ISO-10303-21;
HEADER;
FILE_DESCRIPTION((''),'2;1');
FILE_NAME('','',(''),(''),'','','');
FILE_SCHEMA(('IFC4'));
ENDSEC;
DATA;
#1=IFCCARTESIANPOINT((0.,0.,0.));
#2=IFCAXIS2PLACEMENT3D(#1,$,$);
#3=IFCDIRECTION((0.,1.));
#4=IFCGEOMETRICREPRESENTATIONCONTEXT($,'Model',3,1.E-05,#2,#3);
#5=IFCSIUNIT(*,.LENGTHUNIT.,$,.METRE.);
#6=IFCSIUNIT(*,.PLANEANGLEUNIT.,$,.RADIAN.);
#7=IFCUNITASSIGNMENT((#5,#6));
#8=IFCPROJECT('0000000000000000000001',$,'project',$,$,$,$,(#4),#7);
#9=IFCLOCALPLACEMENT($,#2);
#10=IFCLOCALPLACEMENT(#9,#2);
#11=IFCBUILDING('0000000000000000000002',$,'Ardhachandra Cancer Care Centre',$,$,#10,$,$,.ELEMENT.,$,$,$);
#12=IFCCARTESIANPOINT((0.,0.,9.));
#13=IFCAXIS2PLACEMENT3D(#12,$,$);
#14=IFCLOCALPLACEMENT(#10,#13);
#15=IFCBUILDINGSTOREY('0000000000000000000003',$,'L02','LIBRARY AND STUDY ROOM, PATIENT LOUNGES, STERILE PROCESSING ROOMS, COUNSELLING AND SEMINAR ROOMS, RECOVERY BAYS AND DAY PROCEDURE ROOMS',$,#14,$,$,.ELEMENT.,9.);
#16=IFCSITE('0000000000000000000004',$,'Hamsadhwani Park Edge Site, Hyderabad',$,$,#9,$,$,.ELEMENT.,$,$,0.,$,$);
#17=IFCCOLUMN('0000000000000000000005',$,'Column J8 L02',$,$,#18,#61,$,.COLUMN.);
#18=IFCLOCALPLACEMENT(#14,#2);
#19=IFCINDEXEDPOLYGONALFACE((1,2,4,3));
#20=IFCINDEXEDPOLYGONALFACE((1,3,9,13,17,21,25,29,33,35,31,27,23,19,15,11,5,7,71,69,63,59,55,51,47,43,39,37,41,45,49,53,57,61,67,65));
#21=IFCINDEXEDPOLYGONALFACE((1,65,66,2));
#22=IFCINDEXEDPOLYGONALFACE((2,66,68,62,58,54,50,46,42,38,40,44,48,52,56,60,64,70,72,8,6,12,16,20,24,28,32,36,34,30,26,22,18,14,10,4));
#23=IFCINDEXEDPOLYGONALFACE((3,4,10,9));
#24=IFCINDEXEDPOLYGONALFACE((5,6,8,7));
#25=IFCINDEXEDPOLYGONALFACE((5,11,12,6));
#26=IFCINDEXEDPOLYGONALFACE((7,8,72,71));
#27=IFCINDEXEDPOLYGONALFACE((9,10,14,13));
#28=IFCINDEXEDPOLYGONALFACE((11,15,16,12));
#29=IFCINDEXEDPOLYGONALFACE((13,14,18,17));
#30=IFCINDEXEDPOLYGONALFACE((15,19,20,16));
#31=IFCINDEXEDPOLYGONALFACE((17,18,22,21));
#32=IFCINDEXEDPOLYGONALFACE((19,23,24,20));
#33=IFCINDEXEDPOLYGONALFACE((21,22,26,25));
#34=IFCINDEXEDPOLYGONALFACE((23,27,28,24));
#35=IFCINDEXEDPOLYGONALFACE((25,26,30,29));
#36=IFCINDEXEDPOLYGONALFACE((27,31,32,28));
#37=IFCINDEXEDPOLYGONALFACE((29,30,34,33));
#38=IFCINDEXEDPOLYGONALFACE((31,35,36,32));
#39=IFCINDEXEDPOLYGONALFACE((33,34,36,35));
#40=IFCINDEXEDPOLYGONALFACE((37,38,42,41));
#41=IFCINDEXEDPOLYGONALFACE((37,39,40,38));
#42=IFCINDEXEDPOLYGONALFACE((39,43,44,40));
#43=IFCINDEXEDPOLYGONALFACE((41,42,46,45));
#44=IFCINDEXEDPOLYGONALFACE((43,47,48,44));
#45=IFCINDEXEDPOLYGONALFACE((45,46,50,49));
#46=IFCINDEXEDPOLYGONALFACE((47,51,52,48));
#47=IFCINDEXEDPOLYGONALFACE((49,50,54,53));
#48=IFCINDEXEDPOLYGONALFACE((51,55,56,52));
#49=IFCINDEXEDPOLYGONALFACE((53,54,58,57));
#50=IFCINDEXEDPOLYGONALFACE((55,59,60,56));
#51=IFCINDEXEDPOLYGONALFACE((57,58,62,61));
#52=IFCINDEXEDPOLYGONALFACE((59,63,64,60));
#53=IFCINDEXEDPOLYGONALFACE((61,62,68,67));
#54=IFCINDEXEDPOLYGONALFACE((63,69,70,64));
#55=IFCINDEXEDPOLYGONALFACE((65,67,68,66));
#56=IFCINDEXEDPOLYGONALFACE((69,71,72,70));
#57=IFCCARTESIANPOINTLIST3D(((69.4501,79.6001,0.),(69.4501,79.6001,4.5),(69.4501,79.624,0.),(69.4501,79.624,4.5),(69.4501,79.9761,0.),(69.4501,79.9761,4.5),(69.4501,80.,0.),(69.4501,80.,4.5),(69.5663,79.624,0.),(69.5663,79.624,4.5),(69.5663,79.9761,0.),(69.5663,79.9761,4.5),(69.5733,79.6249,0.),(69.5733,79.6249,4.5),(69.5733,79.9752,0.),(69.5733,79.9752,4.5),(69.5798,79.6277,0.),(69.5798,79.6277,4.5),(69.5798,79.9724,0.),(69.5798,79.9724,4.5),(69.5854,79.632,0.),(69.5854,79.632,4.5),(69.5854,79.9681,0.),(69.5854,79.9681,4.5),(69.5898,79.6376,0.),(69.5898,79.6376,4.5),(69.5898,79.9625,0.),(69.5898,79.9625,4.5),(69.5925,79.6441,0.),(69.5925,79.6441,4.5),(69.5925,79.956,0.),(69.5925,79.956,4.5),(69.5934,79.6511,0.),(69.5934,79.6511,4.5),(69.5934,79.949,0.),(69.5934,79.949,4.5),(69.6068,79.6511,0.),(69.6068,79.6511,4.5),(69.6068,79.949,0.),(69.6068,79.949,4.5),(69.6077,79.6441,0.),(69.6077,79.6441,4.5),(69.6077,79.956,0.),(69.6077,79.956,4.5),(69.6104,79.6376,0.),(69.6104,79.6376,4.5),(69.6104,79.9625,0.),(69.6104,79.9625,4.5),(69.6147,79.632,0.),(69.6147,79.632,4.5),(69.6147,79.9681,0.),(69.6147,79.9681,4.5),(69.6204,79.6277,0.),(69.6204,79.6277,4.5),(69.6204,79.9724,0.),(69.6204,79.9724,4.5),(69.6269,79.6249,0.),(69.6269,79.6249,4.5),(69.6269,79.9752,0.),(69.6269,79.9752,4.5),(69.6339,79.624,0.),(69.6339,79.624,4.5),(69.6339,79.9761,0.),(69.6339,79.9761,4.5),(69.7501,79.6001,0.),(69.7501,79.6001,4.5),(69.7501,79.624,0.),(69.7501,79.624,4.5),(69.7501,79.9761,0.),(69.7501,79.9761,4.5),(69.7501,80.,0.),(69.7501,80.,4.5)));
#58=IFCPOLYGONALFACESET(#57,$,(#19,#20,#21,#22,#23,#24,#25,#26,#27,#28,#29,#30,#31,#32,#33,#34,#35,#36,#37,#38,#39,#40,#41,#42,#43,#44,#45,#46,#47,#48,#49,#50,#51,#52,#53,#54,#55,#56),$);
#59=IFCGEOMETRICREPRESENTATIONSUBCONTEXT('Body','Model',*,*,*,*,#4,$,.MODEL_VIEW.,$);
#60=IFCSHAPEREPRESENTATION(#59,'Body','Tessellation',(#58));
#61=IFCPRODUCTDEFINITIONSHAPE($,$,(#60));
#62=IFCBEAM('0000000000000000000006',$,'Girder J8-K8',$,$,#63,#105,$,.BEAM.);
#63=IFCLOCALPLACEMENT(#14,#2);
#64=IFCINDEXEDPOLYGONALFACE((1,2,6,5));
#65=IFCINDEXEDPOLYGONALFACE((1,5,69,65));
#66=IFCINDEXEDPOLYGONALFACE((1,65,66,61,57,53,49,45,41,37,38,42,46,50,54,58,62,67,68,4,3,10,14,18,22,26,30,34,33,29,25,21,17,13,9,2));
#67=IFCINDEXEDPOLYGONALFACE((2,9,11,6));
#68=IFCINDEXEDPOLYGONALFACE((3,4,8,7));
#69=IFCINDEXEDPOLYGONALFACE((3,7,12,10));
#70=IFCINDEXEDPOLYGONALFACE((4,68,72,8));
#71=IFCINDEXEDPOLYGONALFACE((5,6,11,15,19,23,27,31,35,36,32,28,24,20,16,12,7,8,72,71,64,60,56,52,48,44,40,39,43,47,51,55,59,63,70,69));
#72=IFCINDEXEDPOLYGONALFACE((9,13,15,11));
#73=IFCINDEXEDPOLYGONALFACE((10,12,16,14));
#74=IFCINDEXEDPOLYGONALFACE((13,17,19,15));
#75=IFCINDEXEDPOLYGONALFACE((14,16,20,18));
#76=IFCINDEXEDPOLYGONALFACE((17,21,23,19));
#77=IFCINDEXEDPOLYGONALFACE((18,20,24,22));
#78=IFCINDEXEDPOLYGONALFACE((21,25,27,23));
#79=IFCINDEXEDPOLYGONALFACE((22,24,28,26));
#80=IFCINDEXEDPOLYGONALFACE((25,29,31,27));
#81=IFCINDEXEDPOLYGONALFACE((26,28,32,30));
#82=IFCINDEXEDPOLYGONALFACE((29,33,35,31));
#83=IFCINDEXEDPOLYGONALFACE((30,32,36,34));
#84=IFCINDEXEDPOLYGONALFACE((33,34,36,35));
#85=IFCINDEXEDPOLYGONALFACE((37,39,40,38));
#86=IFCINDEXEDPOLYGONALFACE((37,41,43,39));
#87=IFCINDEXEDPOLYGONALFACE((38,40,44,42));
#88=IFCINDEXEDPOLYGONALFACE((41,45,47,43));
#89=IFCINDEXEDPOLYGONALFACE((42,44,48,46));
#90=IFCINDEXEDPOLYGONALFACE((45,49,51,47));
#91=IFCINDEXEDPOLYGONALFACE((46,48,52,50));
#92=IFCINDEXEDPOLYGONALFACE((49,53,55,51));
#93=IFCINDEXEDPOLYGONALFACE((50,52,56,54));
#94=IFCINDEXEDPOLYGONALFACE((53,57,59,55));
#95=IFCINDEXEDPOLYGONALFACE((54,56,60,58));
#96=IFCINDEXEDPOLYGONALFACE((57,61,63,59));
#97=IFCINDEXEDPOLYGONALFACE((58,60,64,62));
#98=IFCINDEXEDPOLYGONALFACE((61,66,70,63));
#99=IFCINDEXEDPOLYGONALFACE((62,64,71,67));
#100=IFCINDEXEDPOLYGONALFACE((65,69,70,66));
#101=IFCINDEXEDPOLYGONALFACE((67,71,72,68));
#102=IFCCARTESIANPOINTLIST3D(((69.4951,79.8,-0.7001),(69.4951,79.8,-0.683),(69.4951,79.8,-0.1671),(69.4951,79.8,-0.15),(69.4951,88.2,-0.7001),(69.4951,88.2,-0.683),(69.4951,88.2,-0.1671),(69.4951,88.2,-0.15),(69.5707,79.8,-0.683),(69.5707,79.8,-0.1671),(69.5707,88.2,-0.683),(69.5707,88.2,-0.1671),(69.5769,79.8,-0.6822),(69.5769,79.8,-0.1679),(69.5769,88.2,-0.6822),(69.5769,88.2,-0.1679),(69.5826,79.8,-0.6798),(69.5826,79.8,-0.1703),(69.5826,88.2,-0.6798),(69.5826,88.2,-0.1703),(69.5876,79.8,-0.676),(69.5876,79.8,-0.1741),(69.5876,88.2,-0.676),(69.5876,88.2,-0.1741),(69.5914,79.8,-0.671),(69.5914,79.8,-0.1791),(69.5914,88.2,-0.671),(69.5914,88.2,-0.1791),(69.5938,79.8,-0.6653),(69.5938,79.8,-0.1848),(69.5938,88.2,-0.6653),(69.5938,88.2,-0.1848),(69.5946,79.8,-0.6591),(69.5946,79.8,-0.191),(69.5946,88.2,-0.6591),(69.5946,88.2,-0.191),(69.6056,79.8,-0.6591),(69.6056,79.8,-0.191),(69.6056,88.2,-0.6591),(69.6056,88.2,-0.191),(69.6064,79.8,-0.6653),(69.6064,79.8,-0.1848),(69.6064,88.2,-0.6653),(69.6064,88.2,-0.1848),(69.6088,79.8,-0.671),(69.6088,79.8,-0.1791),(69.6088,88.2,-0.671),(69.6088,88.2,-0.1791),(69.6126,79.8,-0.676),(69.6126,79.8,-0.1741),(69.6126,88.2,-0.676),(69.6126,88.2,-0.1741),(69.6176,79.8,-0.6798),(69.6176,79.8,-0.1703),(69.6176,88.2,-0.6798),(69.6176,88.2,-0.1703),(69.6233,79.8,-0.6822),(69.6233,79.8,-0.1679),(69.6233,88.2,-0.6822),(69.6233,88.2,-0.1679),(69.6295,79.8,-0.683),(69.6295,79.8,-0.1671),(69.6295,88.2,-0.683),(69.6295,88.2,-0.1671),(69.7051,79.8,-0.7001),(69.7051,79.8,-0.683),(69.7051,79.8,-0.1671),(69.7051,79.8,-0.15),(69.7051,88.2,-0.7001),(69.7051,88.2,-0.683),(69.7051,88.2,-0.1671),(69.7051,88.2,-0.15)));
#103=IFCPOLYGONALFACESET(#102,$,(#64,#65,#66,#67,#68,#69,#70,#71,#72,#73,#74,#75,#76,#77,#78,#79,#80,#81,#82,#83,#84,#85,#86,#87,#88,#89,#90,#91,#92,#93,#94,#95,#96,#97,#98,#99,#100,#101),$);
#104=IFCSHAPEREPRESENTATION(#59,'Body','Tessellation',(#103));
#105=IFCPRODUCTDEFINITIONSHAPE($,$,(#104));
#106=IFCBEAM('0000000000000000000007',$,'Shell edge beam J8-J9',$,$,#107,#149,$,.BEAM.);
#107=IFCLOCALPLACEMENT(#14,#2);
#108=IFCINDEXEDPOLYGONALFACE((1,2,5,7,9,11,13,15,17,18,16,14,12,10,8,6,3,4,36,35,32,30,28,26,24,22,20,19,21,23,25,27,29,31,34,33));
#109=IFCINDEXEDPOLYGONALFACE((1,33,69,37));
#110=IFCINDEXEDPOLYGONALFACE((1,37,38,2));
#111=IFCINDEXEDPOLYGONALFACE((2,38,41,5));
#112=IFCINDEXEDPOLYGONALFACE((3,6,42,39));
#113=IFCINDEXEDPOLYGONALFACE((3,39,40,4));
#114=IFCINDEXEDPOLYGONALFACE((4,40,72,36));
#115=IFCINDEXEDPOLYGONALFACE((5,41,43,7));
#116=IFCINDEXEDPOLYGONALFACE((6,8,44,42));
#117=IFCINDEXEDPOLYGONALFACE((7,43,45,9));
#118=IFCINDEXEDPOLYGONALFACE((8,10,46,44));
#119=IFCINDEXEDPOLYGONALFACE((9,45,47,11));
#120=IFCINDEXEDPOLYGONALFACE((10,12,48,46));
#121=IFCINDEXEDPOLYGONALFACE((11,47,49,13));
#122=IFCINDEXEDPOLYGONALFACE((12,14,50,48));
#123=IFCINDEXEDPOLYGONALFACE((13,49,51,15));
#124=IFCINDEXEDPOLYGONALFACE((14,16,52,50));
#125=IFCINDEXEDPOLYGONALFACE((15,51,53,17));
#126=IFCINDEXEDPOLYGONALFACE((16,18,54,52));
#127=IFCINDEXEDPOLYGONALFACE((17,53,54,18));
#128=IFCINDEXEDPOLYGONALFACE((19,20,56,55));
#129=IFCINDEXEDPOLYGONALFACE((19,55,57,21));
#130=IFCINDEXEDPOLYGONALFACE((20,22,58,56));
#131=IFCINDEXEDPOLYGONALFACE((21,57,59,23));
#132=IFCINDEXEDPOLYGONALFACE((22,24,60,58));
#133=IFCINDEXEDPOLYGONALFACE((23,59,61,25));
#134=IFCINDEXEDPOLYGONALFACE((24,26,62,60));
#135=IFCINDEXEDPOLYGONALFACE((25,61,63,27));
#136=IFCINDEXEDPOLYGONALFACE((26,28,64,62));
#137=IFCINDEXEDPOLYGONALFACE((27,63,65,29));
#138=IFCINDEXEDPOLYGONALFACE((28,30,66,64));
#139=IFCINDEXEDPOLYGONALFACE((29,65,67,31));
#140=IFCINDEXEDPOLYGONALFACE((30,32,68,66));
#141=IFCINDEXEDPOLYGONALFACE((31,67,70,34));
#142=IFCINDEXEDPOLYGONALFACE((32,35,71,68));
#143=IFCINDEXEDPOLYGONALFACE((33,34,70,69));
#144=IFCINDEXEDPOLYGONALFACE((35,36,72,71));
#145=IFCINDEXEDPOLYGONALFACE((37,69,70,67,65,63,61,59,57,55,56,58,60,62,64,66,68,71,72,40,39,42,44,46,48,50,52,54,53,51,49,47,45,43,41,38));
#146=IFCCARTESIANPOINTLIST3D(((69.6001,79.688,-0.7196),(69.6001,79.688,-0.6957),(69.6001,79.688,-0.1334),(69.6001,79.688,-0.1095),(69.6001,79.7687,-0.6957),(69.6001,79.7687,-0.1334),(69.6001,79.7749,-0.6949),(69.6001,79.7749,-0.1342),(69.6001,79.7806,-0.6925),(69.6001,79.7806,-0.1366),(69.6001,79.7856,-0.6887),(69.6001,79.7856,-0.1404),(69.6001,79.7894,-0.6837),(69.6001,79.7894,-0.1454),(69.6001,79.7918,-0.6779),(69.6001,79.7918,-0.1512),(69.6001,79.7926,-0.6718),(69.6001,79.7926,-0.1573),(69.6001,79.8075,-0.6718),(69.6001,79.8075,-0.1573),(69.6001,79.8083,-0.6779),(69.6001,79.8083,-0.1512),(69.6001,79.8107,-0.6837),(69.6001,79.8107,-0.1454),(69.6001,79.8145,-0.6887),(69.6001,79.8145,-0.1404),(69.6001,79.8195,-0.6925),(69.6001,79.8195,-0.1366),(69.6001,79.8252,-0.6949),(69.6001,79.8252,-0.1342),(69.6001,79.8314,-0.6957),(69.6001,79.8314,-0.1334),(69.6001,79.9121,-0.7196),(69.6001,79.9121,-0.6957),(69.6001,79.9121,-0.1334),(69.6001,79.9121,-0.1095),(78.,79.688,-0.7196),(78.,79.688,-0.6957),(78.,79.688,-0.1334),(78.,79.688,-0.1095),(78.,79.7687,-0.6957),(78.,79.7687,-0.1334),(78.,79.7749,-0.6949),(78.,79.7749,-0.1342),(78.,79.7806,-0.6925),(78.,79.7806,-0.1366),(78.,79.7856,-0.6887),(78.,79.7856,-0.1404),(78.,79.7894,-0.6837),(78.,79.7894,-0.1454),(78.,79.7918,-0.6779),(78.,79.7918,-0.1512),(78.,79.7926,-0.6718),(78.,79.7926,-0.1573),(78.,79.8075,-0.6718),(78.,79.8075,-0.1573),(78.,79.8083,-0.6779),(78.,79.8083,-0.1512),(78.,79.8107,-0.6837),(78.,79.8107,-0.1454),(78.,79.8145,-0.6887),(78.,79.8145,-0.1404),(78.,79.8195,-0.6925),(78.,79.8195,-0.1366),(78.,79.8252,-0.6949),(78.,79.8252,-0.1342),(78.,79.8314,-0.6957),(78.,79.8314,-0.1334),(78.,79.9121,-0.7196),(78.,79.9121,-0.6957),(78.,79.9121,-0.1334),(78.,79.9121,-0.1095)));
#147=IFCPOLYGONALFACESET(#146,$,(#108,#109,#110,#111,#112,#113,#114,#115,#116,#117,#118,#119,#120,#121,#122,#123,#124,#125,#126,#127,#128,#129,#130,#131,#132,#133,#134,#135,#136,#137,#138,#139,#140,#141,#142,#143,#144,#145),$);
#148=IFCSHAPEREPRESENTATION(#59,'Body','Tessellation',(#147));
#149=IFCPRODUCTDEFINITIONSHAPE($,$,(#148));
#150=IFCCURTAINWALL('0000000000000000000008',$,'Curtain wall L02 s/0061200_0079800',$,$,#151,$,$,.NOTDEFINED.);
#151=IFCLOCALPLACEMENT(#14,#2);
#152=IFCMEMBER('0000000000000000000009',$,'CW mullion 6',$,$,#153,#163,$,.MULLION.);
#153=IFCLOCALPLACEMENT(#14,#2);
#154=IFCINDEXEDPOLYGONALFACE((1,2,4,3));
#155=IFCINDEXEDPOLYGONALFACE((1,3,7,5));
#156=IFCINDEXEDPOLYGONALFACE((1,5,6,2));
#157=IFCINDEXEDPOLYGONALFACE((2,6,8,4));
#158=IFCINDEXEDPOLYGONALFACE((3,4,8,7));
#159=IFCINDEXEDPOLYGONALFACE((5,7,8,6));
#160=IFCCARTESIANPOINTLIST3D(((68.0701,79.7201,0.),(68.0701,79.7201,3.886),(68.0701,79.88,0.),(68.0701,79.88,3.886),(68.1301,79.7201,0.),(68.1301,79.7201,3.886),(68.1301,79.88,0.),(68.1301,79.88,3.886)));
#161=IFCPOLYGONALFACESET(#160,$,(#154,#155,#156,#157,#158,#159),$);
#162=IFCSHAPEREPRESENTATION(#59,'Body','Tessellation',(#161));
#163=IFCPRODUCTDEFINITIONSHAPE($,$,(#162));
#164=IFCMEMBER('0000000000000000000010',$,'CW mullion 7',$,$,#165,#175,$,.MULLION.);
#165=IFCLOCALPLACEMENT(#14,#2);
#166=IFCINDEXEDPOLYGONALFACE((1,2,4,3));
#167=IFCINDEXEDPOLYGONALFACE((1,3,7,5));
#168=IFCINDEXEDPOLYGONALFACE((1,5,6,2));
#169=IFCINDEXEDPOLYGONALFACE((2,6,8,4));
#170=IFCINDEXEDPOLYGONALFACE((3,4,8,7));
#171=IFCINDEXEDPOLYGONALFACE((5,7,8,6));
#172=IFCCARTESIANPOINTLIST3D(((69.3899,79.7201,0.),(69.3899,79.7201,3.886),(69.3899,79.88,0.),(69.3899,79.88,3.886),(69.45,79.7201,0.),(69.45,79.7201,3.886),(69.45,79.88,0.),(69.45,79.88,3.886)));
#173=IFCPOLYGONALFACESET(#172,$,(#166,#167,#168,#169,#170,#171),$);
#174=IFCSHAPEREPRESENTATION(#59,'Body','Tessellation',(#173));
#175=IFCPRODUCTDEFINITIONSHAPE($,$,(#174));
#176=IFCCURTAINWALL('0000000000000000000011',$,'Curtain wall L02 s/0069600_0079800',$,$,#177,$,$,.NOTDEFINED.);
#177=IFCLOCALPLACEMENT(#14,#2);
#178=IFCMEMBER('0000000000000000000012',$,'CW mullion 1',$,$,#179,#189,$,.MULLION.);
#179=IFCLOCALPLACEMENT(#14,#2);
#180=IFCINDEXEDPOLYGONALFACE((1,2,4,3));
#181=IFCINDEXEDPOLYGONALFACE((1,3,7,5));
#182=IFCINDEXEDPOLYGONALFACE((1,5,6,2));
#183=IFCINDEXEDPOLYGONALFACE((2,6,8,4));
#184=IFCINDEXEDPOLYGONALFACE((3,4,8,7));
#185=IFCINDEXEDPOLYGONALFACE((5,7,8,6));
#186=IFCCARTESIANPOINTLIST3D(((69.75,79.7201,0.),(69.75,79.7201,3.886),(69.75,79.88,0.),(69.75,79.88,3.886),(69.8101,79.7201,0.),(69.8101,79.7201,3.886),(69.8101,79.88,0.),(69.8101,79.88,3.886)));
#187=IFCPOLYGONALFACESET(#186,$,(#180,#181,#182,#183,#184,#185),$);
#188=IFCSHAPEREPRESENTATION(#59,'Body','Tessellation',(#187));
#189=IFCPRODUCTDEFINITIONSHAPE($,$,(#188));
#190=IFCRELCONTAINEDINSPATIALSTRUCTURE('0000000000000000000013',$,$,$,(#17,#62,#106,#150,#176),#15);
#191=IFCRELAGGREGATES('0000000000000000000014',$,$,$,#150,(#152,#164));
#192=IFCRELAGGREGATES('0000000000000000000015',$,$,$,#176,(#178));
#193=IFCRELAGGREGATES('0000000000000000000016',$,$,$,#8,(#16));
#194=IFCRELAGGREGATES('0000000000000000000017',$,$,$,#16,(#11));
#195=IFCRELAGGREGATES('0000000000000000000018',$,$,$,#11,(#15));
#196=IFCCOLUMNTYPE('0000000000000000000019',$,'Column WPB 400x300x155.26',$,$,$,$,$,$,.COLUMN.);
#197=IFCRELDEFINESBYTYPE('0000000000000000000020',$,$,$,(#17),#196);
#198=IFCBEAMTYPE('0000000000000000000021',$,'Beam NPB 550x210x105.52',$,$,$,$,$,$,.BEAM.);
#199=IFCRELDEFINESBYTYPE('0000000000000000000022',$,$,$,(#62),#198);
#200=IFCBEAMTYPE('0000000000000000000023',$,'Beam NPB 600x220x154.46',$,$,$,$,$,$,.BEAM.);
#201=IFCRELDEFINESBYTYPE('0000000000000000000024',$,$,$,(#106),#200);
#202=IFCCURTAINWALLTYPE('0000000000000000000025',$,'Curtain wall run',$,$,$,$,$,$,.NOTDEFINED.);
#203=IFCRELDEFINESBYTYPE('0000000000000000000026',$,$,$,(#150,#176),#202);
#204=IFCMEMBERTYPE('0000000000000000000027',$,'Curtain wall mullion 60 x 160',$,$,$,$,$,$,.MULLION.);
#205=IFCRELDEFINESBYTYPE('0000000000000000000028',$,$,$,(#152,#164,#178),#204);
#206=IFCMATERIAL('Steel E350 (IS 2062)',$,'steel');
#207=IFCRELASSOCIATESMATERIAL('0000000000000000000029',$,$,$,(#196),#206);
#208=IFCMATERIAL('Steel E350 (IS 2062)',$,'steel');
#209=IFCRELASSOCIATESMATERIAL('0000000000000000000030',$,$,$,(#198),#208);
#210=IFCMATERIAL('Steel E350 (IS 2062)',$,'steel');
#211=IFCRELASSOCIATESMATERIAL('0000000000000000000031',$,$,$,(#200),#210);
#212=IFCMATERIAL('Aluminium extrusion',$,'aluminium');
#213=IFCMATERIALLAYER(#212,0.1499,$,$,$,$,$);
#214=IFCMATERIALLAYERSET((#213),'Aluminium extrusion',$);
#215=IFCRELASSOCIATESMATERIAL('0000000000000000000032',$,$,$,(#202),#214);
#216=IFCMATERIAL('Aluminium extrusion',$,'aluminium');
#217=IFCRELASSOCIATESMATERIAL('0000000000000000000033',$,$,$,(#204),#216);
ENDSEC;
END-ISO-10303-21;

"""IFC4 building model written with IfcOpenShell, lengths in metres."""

from ifc_helpers import new_model, si_unit, direction, frame, origin, origin_2d, place, context, subcontext, project, spatial, rectangle, i_section, extrude, material, layer, layer_set, material_profile, profile_set, type_object, element, aggregate, save


model = new_model("IFC4")

# Units and contexts
model_context = context("Model", 3, precision=1e-05, world=origin(), true_north=direction((0.0, 1.0)))
body_context = subcontext(model_context, "Body", "Model", "MODEL_VIEW")
ifc_project = project(units=[si_unit("LENGTHUNIT", "METRE"), si_unit("PLANEANGLEUNIT", "RADIAN")], contexts=[model_context])

# Site, building, storey
site_placement = place(None, origin())
site = spatial("IfcSite", under=ifc_project, at=site_placement, Name="Hamsadhwani Park Edge Site, Hyderabad", CompositionType="ELEMENT", RefElevation=0.0)
building_placement = place(site_placement, origin())
building = spatial("IfcBuilding", under=site, at=building_placement, Name="Ardhachandra Cancer Care Centre", CompositionType="ELEMENT")
storey_placement = place(building_placement, frame((0.0, 0.0, 9.0)))
storey = spatial("IfcBuildingStorey", under=building, at=storey_placement, Name="L02", Description="LIBRARY AND STUDY ROOM, PATIENT LOUNGES, STERILE PROCESSING ROOMS, COUNSELLING AND SEMINAR ROOMS, RECOVERY BAYS AND DAY PROCEDURE ROOMS", CompositionType="ELEMENT", Elevation=9.0)

# Column
ifc_material_1 = material(Name="Steel E350 (IS 2062)", Category="steel")
ifc_material_profile_1 = material_profile(ifc_material_1, i_section(OverallWidth=0.3, OverallDepth=0.3999, WebThickness=0.0134, FlangeThickness=0.0239, FilletRadius=0.0271, at=origin_2d()), Name="WPB 400x300x155.26")
ifc_profile_set_1 = profile_set([ifc_material_profile_1], Name="Steel E350 (IS 2062)")
column_type = type_object("IfcColumnType", Name="Column WPB 400x300x155.26", PredefinedType="COLUMN", material=ifc_profile_set_1)
column_placement = place(storey_placement, frame((69.6001, 79.8, 0.0), z_axis=(0.0, 0.0, 1.0), x_axis=(1.0, 0.0, 0.0)))
element("IfcColumn", 1, at=column_placement, inside=storey, type_object=column_type, Name="Column J8 L02", PredefinedType="COLUMN", context=body_context, shape_type="SweptSolid", body=[
    extrude(i_section(OverallWidth=0.3, OverallDepth=0.3999, WebThickness=0.0134, FlangeThickness=0.0239, FilletRadius=0.0271, at=origin_2d()), origin(), (0.0, 0.0, 1.0), 4.5),
])

# Beams
ifc_material_2 = material(Name="Steel E350 (IS 2062)", Category="steel")
ifc_material_profile_2 = material_profile(ifc_material_2, i_section(OverallWidth=0.21, OverallDepth=0.55, WebThickness=0.011, FlangeThickness=0.0171, FilletRadius=0.0239, at=origin_2d()), Name="NPB 550x210x105.52")
ifc_profile_set_2 = profile_set([ifc_material_profile_2], Name="Steel E350 (IS 2062)")
beam_type_1 = type_object("IfcBeamType", Name="Beam NPB 550x210x105.52", PredefinedType="BEAM", material=ifc_profile_set_2)
beam_1_placement = place(storey_placement, frame((69.6001, 79.8, -0.425), z_axis=(0.0, 1.0, 0.0), x_axis=(-1.0, 0.0, 0.0)))
element("IfcBeam", 2, at=beam_1_placement, inside=storey, type_object=beam_type_1, Name="Girder J8-K8", PredefinedType="BEAM", context=body_context, shape_type="SweptSolid", body=[
    extrude(i_section(OverallWidth=0.21, OverallDepth=0.55, WebThickness=0.011, FlangeThickness=0.0171, FilletRadius=0.0239, at=origin_2d()), origin(), (0.0, 0.0, 1.0), 8.3999),
])
ifc_material_3 = material(Name="Steel E350 (IS 2062)", Category="steel")
ifc_material_profile_3 = material_profile(ifc_material_3, i_section(OverallWidth=0.2241, OverallDepth=0.6101, WebThickness=0.0149, FlangeThickness=0.0239, FilletRadius=0.0239, at=origin_2d()), Name="NPB 600x220x154.46")
ifc_profile_set_3 = profile_set([ifc_material_profile_3], Name="Steel E350 (IS 2062)")
beam_type_2 = type_object("IfcBeamType", Name="Beam NPB 600x220x154.46", PredefinedType="BEAM", material=ifc_profile_set_3)
beam_2_placement = place(storey_placement, frame((69.6001, 79.8, -0.4146), z_axis=(1.0, 0.0, 0.0), x_axis=(0.0, 1.0, 0.0)))
element("IfcBeam", 3, at=beam_2_placement, inside=storey, type_object=beam_type_2, Name="Shell edge beam J8-J9", PredefinedType="BEAM", context=body_context, shape_type="SweptSolid", body=[
    extrude(i_section(OverallWidth=0.2241, OverallDepth=0.6101, WebThickness=0.0149, FlangeThickness=0.0239, FilletRadius=0.0239, at=origin_2d()), origin(), (0.0, 0.0, 1.0), 8.3999),
])

# Curtain wall, members
ifc_material_4 = material(Name="Aluminium extrusion", Category="aluminium")
ifc_layer_1 = layer(ifc_material_4, 0.1499)
ifc_layer_set_1 = layer_set([ifc_layer_1], Name="Aluminium extrusion")
curtain_wall_type = type_object("IfcCurtainWallType", Name="Curtain wall run", PredefinedType="NOTDEFINED", material=ifc_layer_set_1)
curtain_wall_1_placement = place(storey_placement, origin())
curtain_wall_1 = element("IfcCurtainWall", 4, at=curtain_wall_1_placement, inside=storey, type_object=curtain_wall_type, Name="Curtain wall L02 s/0061200_0079800", PredefinedType="NOTDEFINED")
ifc_material_5 = material(Name="Aluminium extrusion", Category="aluminium")
ifc_material_profile_4 = material_profile(ifc_material_5, rectangle(XDim=0.1599, YDim=0.0601, at=origin_2d()), Name="Curtain wall mullion 60 x 160")
ifc_profile_set_4 = profile_set([ifc_material_profile_4], Name="Aluminium extrusion")
member_type_1 = type_object("IfcMemberType", Name="Curtain wall mullion 60 x 160", PredefinedType="MULLION", material=ifc_profile_set_4)
member_1_placement = place(storey_placement, frame((68.1001, 79.8, 0.0), z_axis=(0.0, 0.0, 1.0), x_axis=(0.0, 1.0, 0.0)))
member_1 = element("IfcMember", 5, at=member_1_placement, type_object=member_type_1, Name="CW mullion 6", PredefinedType="MULLION", context=body_context, shape_type="SweptSolid", body=[
    extrude(rectangle(XDim=0.1599, YDim=0.0601, at=origin_2d()), origin(), (0.0, 0.0, 1.0), 3.886),
])
member_2_placement = place(storey_placement, frame((69.4199, 79.8, 0.0), z_axis=(0.0, 0.0, 1.0), x_axis=(0.0, 1.0, 0.0)))
member_2 = element("IfcMember", 6, at=member_2_placement, type_object=member_type_1, Name="CW mullion 7", PredefinedType="MULLION", context=body_context, shape_type="SweptSolid", body=[
    extrude(rectangle(XDim=0.1599, YDim=0.0601, at=origin_2d()), origin(), (0.0, 0.0, 1.0), 3.886),
])

# Curtain wall, member
curtain_wall_2_placement = place(storey_placement, origin())
curtain_wall_2 = element("IfcCurtainWall", 7, at=curtain_wall_2_placement, inside=storey, type_object=curtain_wall_type, Name="Curtain wall L02 s/0069600_0079800", PredefinedType="NOTDEFINED")
member_3_placement = place(storey_placement, frame((69.78, 79.8, 0.0), z_axis=(0.0, 0.0, 1.0), x_axis=(0.0, 1.0, 0.0)))
member_3 = element("IfcMember", 8, at=member_3_placement, type_object=member_type_1, Name="CW mullion 1", PredefinedType="MULLION", context=body_context, shape_type="SweptSolid", body=[
    extrude(rectangle(XDim=0.1599, YDim=0.0601, at=origin_2d()), origin(), (0.0, 0.0, 1.0), 3.886),
])

aggregate(curtain_wall_1, [member_1, member_2])
aggregate(curtain_wall_2, [member_3])

save(model, "model.ifc")
